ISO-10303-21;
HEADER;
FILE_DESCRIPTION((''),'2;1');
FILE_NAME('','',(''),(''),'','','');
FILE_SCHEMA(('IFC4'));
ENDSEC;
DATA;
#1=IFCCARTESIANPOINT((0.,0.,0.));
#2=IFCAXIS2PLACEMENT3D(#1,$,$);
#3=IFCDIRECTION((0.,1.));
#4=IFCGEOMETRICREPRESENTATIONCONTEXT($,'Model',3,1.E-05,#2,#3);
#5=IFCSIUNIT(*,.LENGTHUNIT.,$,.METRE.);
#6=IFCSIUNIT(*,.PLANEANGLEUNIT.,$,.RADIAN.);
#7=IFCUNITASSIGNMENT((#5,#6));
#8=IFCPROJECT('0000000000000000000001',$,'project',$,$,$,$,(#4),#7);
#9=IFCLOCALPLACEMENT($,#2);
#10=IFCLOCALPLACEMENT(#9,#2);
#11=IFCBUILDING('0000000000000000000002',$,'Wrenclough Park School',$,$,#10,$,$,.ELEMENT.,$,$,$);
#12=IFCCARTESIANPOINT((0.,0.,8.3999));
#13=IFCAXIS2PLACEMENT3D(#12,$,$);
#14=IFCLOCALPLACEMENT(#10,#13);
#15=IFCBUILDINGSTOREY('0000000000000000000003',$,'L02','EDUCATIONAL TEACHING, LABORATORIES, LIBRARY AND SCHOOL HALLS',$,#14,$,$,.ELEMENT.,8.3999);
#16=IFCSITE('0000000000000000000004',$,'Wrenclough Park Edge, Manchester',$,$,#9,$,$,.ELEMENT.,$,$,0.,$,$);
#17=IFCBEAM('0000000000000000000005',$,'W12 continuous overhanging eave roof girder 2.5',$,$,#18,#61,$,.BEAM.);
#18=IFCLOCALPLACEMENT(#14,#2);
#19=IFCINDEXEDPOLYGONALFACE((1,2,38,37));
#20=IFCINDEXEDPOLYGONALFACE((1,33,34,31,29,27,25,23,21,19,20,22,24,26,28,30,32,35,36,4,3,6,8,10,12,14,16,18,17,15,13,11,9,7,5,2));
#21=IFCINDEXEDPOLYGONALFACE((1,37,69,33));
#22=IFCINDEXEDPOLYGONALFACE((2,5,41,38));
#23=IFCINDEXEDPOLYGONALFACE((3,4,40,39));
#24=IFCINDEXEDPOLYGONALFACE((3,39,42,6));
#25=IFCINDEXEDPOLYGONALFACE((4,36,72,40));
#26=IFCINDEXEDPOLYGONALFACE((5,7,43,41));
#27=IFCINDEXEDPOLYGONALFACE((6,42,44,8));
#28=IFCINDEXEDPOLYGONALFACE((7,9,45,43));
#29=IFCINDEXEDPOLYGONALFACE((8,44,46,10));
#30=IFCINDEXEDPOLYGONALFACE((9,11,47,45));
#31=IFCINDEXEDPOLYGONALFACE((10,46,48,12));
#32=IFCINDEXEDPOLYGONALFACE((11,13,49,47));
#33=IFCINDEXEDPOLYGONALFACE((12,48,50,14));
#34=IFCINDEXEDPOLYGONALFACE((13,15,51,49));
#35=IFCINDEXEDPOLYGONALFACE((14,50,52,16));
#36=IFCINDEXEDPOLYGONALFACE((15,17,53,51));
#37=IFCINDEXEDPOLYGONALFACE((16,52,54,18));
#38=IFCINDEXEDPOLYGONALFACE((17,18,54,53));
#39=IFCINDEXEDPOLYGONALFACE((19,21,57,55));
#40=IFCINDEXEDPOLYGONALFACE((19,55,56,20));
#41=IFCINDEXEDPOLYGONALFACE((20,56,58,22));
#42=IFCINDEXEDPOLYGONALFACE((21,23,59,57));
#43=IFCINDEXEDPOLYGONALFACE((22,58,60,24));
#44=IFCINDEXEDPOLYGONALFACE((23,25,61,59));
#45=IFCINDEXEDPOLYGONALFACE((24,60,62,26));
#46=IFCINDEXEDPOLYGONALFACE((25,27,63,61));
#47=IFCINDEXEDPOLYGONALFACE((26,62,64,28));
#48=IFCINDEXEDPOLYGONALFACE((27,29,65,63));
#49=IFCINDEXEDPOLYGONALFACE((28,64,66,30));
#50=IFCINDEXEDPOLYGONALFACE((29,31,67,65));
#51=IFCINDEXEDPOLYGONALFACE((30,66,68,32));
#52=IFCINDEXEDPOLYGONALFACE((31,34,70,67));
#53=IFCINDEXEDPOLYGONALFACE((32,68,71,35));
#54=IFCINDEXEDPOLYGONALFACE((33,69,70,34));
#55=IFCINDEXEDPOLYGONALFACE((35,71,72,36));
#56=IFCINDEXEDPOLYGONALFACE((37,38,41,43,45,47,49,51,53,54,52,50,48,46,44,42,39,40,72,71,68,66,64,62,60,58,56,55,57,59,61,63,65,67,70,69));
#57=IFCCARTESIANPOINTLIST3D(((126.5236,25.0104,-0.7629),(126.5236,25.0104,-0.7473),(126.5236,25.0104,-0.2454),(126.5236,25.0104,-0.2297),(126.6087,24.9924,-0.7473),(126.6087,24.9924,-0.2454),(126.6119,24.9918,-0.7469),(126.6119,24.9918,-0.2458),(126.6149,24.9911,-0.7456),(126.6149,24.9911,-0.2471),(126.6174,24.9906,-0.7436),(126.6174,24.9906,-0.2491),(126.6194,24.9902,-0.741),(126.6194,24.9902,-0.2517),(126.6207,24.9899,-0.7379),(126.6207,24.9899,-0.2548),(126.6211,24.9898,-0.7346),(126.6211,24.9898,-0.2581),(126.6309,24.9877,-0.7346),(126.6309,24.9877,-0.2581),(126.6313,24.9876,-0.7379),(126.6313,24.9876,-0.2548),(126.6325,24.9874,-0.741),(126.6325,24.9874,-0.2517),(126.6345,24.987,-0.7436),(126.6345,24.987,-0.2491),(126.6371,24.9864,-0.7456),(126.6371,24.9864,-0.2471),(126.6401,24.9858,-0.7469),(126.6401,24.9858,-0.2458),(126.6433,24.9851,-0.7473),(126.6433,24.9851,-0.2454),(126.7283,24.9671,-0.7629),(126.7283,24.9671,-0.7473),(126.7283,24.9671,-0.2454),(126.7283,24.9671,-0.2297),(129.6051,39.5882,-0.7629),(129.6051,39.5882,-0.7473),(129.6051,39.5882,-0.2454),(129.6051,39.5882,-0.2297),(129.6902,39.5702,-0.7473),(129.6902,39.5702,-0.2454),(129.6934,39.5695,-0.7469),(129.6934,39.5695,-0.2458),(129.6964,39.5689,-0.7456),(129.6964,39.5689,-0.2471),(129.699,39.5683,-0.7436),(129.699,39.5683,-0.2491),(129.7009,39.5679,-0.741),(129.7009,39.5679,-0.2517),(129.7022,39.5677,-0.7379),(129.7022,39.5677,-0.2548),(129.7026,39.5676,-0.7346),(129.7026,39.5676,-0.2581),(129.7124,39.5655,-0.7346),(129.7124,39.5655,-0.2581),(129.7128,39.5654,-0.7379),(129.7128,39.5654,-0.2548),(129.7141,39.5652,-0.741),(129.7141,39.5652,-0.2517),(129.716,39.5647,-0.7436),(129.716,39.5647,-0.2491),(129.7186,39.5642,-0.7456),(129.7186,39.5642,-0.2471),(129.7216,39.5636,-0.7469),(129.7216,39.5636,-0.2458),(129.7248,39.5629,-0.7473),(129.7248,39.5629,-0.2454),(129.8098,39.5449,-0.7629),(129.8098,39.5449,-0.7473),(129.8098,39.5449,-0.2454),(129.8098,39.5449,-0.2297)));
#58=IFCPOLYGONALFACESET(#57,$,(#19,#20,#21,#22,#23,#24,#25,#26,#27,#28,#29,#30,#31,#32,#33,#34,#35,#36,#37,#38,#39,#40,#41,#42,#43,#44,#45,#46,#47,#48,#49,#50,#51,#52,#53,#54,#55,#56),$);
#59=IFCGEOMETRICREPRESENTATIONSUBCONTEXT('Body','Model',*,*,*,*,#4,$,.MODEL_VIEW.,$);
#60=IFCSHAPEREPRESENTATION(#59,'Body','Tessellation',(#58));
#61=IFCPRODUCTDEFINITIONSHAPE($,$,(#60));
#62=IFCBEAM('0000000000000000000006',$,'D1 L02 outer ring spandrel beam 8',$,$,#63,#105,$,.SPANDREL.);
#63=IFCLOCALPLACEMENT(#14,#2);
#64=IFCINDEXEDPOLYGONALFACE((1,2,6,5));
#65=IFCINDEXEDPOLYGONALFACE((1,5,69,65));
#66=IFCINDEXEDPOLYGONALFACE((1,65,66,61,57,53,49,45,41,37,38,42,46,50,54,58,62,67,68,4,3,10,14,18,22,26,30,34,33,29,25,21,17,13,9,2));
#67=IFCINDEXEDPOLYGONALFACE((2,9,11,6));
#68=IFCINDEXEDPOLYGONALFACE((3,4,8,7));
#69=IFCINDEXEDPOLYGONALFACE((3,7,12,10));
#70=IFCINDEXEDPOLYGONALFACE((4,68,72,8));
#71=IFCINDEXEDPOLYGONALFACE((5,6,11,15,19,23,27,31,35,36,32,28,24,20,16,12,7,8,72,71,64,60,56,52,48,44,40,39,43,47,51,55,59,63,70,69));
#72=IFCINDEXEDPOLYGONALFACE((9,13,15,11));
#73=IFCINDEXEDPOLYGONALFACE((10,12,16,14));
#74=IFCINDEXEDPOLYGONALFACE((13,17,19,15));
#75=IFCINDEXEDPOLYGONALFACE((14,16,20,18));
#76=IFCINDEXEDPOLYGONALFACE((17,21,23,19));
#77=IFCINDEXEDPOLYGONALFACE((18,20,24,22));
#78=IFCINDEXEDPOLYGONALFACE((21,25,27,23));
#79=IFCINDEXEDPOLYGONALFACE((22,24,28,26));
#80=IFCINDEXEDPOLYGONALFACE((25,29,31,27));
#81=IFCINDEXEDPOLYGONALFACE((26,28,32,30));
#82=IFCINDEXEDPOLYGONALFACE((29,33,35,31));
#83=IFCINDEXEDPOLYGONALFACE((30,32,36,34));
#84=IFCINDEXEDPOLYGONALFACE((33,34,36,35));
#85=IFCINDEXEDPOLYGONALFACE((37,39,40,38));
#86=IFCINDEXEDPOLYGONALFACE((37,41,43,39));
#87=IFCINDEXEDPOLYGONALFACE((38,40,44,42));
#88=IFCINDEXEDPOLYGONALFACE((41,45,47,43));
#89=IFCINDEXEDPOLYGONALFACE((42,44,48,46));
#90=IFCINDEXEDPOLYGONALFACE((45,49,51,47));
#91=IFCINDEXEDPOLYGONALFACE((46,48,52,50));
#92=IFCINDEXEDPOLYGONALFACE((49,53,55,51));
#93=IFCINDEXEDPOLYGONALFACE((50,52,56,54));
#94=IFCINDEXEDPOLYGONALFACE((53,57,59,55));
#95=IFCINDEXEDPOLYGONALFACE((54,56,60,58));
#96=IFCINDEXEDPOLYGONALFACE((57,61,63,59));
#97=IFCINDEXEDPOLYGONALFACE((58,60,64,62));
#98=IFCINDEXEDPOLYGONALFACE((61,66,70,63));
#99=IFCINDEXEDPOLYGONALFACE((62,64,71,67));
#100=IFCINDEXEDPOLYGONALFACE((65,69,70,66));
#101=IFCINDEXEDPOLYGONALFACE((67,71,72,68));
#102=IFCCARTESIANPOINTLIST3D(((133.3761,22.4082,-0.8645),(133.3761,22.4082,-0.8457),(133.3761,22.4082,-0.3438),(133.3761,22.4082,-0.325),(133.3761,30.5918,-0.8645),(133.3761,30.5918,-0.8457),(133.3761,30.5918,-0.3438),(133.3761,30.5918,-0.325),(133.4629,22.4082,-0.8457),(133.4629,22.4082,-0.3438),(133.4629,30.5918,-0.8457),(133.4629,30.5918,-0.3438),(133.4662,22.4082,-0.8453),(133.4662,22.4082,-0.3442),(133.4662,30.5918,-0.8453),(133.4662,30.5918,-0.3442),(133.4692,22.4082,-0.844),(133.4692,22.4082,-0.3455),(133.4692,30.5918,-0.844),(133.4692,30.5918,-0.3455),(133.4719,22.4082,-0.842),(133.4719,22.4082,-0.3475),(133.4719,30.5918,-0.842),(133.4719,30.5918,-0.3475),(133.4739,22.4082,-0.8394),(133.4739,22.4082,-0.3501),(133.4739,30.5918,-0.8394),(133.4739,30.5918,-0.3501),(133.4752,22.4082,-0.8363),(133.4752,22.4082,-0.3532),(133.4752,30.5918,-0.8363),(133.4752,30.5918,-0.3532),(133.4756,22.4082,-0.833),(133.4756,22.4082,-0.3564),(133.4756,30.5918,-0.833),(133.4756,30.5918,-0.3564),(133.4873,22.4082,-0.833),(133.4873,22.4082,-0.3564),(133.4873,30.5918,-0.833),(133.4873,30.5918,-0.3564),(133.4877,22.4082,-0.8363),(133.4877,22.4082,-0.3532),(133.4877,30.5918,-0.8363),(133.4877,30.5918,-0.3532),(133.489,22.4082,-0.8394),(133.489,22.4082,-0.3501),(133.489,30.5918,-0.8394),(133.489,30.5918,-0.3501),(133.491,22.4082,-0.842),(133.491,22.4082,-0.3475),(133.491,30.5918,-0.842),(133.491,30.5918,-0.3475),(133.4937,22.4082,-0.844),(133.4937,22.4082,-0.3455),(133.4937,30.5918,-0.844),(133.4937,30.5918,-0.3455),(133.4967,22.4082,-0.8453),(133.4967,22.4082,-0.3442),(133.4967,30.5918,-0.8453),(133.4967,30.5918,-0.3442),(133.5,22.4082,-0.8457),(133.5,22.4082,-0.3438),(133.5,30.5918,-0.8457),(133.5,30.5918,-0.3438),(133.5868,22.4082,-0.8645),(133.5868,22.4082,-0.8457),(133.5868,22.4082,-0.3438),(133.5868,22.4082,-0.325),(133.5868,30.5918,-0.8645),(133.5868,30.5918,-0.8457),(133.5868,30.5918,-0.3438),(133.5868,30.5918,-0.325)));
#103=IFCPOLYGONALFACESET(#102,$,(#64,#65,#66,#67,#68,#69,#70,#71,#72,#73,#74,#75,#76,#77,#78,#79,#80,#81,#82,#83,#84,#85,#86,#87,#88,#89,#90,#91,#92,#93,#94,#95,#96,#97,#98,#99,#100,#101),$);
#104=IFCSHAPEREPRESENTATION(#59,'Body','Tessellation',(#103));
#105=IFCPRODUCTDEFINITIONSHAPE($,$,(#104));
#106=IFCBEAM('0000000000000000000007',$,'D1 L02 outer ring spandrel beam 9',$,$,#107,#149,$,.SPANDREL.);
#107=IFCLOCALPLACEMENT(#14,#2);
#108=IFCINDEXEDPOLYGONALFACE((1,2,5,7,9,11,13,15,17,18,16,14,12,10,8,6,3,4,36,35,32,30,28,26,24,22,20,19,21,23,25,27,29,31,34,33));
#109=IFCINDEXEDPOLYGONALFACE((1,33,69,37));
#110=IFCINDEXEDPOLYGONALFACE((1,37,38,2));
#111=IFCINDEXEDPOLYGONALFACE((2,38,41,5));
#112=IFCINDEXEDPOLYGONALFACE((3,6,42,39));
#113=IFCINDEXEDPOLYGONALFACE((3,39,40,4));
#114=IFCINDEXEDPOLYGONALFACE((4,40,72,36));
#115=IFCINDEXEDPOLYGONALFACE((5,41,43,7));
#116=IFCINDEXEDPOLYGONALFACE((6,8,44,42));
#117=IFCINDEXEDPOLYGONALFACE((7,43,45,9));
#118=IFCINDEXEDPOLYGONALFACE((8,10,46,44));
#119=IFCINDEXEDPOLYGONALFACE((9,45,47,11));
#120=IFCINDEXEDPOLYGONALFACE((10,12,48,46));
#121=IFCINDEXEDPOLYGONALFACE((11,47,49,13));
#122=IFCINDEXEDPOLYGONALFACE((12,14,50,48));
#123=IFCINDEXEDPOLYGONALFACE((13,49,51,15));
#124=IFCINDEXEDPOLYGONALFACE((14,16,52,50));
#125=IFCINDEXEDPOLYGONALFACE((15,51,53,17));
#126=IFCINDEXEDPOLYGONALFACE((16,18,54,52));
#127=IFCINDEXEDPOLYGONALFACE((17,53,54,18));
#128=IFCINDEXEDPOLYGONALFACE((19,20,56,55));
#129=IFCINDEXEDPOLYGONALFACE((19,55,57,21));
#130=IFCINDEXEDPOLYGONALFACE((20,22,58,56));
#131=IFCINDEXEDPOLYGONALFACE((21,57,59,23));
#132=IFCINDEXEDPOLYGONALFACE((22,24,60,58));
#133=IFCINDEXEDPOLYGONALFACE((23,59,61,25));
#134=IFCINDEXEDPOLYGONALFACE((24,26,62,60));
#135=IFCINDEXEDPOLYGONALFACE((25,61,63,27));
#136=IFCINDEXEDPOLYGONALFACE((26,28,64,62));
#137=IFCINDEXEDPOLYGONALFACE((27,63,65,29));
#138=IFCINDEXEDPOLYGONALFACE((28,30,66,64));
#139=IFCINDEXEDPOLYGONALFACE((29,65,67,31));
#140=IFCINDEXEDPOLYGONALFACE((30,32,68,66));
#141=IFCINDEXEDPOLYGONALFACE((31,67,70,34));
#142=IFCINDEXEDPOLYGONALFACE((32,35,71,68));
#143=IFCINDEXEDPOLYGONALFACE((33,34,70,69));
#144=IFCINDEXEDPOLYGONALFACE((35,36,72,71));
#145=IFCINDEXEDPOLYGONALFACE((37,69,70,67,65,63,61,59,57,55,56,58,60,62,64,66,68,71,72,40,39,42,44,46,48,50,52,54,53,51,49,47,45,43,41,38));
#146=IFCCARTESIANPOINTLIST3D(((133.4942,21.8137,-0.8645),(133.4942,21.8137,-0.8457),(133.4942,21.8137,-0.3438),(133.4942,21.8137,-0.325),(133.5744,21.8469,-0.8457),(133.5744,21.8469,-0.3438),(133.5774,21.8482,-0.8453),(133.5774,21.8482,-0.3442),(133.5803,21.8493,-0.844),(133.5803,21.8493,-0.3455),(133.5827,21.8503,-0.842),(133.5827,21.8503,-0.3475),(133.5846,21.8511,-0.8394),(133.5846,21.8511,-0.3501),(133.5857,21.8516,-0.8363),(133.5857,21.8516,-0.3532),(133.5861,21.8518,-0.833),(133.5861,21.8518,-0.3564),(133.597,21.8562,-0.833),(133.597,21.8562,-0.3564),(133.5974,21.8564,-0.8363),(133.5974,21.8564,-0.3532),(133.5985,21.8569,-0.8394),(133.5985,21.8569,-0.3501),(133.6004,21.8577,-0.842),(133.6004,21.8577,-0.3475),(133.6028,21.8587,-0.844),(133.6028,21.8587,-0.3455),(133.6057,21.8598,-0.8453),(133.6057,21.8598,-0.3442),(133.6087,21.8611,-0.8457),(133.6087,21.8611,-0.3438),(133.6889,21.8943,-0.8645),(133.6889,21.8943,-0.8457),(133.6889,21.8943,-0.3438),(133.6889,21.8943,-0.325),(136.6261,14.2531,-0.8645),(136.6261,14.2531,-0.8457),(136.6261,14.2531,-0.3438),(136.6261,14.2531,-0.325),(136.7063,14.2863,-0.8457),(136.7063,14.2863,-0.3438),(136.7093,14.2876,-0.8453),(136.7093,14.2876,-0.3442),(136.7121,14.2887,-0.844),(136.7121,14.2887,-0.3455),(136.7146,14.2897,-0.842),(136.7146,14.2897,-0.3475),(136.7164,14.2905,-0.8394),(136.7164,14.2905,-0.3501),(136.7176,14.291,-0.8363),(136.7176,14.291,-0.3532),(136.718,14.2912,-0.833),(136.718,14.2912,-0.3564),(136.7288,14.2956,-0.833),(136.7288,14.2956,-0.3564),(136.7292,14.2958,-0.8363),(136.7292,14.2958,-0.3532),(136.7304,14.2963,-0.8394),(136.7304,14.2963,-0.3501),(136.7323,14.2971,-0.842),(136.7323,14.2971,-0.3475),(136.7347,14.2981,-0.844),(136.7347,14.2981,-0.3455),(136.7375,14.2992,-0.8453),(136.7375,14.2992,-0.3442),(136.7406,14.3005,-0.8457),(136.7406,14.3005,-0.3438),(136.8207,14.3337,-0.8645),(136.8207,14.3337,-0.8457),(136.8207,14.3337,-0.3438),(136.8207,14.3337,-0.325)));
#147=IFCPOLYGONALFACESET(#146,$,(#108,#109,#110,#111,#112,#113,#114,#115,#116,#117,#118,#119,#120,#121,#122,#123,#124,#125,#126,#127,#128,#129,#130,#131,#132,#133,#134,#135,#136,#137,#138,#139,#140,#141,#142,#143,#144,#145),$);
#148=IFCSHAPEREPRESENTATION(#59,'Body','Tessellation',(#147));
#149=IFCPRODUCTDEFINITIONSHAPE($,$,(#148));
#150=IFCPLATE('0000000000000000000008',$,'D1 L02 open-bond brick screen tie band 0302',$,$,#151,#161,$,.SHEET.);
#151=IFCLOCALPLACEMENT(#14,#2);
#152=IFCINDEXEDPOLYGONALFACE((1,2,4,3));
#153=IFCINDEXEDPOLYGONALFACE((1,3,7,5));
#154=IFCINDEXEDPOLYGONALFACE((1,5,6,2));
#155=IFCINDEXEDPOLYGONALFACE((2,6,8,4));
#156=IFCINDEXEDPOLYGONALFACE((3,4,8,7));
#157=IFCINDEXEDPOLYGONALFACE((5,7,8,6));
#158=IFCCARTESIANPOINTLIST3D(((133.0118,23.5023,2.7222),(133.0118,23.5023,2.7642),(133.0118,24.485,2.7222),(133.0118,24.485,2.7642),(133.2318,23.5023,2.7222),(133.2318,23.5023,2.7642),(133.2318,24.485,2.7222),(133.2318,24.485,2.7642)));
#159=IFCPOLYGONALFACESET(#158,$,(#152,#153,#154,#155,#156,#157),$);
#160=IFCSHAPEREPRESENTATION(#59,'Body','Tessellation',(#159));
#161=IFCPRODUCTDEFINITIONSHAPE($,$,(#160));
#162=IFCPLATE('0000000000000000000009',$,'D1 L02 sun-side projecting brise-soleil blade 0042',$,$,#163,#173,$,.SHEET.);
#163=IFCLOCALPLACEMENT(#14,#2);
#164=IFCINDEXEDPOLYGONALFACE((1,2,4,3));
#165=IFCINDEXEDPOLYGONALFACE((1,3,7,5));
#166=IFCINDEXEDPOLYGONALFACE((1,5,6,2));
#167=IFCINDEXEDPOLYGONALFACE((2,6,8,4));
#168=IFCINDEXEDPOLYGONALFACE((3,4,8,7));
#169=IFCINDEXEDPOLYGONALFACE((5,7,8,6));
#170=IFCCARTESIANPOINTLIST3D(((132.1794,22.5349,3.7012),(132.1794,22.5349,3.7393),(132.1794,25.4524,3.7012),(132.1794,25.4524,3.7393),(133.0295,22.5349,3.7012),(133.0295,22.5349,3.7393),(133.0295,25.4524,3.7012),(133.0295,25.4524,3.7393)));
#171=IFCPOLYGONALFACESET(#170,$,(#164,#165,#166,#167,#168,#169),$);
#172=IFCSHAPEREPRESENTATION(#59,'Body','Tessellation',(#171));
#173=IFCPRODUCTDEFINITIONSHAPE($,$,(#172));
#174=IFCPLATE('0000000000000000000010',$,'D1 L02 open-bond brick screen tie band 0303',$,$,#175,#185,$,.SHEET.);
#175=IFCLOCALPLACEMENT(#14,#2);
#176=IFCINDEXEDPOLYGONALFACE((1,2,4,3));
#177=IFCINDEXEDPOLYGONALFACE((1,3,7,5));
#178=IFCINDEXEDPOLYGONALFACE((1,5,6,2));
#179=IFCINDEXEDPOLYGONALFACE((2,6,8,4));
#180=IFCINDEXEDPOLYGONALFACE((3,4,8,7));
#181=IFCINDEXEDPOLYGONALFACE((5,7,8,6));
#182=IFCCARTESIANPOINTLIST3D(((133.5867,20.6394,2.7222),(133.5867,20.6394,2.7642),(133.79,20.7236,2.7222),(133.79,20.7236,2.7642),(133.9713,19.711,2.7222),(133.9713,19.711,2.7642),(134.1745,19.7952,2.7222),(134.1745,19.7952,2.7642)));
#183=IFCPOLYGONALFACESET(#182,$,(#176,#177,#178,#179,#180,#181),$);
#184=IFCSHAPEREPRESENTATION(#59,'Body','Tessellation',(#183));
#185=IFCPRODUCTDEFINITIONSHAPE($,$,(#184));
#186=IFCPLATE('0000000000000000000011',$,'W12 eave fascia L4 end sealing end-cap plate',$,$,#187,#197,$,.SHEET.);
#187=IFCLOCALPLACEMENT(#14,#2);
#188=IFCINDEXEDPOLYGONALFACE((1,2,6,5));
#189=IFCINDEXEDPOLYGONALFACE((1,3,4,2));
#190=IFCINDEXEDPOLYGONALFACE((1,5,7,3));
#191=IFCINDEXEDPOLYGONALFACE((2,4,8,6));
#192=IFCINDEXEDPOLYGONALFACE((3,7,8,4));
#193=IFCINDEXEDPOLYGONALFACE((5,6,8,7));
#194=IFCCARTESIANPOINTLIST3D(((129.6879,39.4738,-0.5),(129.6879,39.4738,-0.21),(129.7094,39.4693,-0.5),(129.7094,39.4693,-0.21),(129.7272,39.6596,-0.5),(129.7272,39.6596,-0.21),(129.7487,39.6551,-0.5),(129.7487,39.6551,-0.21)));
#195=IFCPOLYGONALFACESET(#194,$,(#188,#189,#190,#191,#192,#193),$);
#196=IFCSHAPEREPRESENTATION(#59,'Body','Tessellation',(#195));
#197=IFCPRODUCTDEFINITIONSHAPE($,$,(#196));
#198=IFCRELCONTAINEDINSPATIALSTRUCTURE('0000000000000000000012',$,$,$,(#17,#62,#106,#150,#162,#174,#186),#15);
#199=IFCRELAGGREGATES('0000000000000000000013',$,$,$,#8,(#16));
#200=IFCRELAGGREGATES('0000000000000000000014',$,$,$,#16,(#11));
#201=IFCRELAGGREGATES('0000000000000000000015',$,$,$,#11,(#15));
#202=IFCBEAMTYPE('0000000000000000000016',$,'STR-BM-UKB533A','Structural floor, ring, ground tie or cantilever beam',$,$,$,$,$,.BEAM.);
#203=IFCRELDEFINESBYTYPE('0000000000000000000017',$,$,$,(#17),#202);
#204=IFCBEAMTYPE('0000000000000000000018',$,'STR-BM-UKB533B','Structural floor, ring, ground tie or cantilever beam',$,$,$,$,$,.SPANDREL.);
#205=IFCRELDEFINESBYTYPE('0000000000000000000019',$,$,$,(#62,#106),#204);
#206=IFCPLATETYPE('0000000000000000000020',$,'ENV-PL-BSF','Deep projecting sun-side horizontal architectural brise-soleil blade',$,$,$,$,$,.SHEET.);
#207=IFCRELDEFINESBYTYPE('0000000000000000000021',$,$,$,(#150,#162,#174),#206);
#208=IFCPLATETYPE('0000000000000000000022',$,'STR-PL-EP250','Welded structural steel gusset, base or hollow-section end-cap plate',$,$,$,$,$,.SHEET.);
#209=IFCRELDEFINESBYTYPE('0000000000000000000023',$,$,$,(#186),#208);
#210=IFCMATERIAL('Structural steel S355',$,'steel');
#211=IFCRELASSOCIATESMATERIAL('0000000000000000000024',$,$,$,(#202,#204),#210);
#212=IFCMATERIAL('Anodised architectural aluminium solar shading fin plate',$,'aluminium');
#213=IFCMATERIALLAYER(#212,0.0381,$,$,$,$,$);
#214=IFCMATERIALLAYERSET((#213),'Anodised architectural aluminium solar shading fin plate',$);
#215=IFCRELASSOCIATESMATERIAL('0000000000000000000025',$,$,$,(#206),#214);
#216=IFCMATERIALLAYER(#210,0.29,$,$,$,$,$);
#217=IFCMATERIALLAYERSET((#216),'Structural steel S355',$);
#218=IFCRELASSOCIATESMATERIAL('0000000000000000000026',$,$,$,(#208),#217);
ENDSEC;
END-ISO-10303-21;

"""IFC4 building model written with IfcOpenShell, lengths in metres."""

from ifc_helpers import new_model, si_unit, direction, frame, origin, origin_2d, place, context, subcontext, project, spatial, rectangle, i_section, extrude, material, layer, layer_set, material_profile, profile_set, type_object, element, save


model = new_model("IFC4")

# Units and contexts
model_context = context("Model", 3, precision=1e-05, world=origin(), true_north=direction((0.0, 1.0)))
body_context = subcontext(model_context, "Body", "Model", "MODEL_VIEW")
ifc_project = project(units=[si_unit("LENGTHUNIT", "METRE"), si_unit("PLANEANGLEUNIT", "RADIAN")], contexts=[model_context])

# Site, building, storey
site_placement = place(None, origin())
site = spatial("IfcSite", under=ifc_project, at=site_placement, Name="Wrenclough Park Edge, Manchester", CompositionType="ELEMENT", RefElevation=0.0)
building_placement = place(site_placement, origin())
building = spatial("IfcBuilding", under=site, at=building_placement, Name="Wrenclough Park School", CompositionType="ELEMENT")
storey_placement = place(building_placement, frame((0.0, 0.0, 8.3999)))
storey = spatial("IfcBuildingStorey", under=building, at=storey_placement, Name="L02", Description="EDUCATIONAL TEACHING, LABORATORIES, LIBRARY AND SCHOOL HALLS", CompositionType="ELEMENT", Elevation=8.3999)

# Beams
ifc_material_1 = material(Name="Structural steel S355", Category="steel")
ifc_material_profile_1 = material_profile(ifc_material_1, i_section(OverallWidth=0.2092, OverallDepth=0.5332, WebThickness=0.01, FlangeThickness=0.0156, FilletRadius=0.0127, at=origin_2d()), Name="UKB 533x210x92")
ifc_profile_set_1 = profile_set([ifc_material_profile_1], Name="Structural steel S355")
beam_type_1 = type_object("IfcBeamType", Name="STR-BM-UKB533A", Description="Structural floor, ring, ground tie or cantilever beam", PredefinedType="BEAM", material=ifc_profile_set_1)
beam_1_placement = place(storey_placement, frame((126.626, 24.9888, -0.4963), z_axis=(0.206815, 0.97838, 0.0), x_axis=(-0.97838, 0.206815, 0.0)))
element("IfcBeam", 1, at=beam_1_placement, inside=storey, type_object=beam_type_1, Name="W12 continuous overhanging eave roof girder 2.5", PredefinedType="BEAM", context=body_context, shape_type="SweptSolid", body=[
    extrude(i_section(OverallWidth=0.2092, OverallDepth=0.5332, WebThickness=0.01, FlangeThickness=0.0156, FilletRadius=0.0127, at=origin_2d()), origin(), (0.0, 0.0, 1.0), 14.8999),
])
ifc_material_profile_2 = material_profile(ifc_material_1, i_section(OverallWidth=0.2107, OverallDepth=0.5396, WebThickness=0.0117, FlangeThickness=0.0188, FilletRadius=0.0127, at=origin_2d()), Name="UKB 533x210x109")
ifc_profile_set_2 = profile_set([ifc_material_profile_2], Name="Structural steel S355")
beam_type_2 = type_object("IfcBeamType", Name="STR-BM-UKB533B", Description="Structural floor, ring, ground tie or cantilever beam", PredefinedType="SPANDREL", material=ifc_profile_set_2)
for number, where, z_axis, x_axis, name in (
    (2, (133.4814, 30.5918, -0.5947), (0.0, -1.0, 0.0), (1.0, 0.0, 0.0), "D1 L02 outer ring spandrel beam 8"),
    (3, (133.5916, 21.854, -0.5947), (0.3827, -0.923873, 0.0), (0.923873, 0.3827, 0.0), "D1 L02 outer ring spandrel beam 9"),
):
    element("IfcBeam", number, at=place(storey_placement, frame(where, z_axis=z_axis, x_axis=x_axis)), inside=storey, type_object=beam_type_2, Name=name, PredefinedType="SPANDREL", context=body_context, shape_type="SweptSolid", body=[
        extrude(i_section(OverallWidth=0.2107, OverallDepth=0.5396, WebThickness=0.0117, FlangeThickness=0.0188, FilletRadius=0.0127, at=origin_2d()), origin(), (0.0, 0.0, 1.0), 8.1836),
    ])

# Plates
ifc_material_2 = material(Name="Anodised architectural aluminium solar shading fin plate", Category="aluminium")
ifc_layer_1 = layer(ifc_material_2, 0.0381)
ifc_layer_set_1 = layer_set([ifc_layer_1], Name="Anodised architectural aluminium solar shading fin plate")
plate_type_1 = type_object("IfcPlateType", Name="ENV-PL-BSF", Description="Deep projecting sun-side horizontal architectural brise-soleil blade", PredefinedType="SHEET", material=ifc_layer_set_1)
plate_1_placement = place(storey_placement, frame((133.1218, 23.9937, 2.7222), z_axis=(0.0, 0.0, 1.0), x_axis=(0.0, -1.0, 0.0)))
element("IfcPlate", 4, at=plate_1_placement, inside=storey, type_object=plate_type_1, Name="D1 L02 open-bond brick screen tie band 0302", PredefinedType="SHEET", context=body_context, shape_type="SweptSolid", body=[
    extrude(rectangle(XDim=0.9827, YDim=0.22, at=origin_2d()), origin(), (0.0, 0.0, 1.0), 0.042),
])
plate_2_placement = place(storey_placement, frame((132.6045, 23.9937, 3.7012), z_axis=(0.0, 0.0, 1.0), x_axis=(0.0, -1.0, 0.0)))
element("IfcPlate", 5, at=plate_2_placement, inside=storey, type_object=plate_type_1, Name="D1 L02 sun-side projecting brise-soleil blade 0042", PredefinedType="SHEET", context=body_context, shape_type="SweptSolid", body=[
    extrude(rectangle(XDim=2.9175, YDim=0.8501, at=origin_2d()), origin(), (0.0, 0.0, 1.0), 0.0381),
])
plate_3_placement = place(storey_placement, frame((133.8806, 20.2173, 2.7222), z_axis=(0.0, 0.0, 1.0), x_axis=(0.382684, -0.923879, 0.0)))
element("IfcPlate", 6, at=plate_3_placement, inside=storey, type_object=plate_type_1, Name="D1 L02 open-bond brick screen tie band 0303", PredefinedType="SHEET", context=body_context, shape_type="SweptSolid", body=[
    extrude(rectangle(XDim=1.0049, YDim=0.22, at=origin_2d()), origin(), (0.0, 0.0, 1.0), 0.042),
])
ifc_layer_2 = layer(ifc_material_1, 0.29)
ifc_layer_set_2 = layer_set([ifc_layer_2], Name="Structural steel S355")
plate_type_2 = type_object("IfcPlateType", Name="STR-PL-EP250", Description="Welded structural steel gusset, base or hollow-section end-cap plate", PredefinedType="SHEET", material=ifc_layer_set_2)
for number, where, z_axis, x_axis, name in (
    (7, (129.7183, 39.5645, -0.5), (0.0, 0.0, 1.0), (0.978365, -0.206887, 0.0), "W12 eave fascia L4 end sealing end-cap plate"),
):
    element("IfcPlate", number, at=place(storey_placement, frame(where, z_axis=z_axis, x_axis=x_axis)), inside=storey, type_object=plate_type_2, Name=name, PredefinedType="SHEET", context=body_context, shape_type="SweptSolid", body=[
        extrude(rectangle(XDim=0.022, YDim=0.1899, at=origin_2d()), origin(), (0.0, 0.0, 1.0), 0.29),
    ])

save(model, "model.ifc")
